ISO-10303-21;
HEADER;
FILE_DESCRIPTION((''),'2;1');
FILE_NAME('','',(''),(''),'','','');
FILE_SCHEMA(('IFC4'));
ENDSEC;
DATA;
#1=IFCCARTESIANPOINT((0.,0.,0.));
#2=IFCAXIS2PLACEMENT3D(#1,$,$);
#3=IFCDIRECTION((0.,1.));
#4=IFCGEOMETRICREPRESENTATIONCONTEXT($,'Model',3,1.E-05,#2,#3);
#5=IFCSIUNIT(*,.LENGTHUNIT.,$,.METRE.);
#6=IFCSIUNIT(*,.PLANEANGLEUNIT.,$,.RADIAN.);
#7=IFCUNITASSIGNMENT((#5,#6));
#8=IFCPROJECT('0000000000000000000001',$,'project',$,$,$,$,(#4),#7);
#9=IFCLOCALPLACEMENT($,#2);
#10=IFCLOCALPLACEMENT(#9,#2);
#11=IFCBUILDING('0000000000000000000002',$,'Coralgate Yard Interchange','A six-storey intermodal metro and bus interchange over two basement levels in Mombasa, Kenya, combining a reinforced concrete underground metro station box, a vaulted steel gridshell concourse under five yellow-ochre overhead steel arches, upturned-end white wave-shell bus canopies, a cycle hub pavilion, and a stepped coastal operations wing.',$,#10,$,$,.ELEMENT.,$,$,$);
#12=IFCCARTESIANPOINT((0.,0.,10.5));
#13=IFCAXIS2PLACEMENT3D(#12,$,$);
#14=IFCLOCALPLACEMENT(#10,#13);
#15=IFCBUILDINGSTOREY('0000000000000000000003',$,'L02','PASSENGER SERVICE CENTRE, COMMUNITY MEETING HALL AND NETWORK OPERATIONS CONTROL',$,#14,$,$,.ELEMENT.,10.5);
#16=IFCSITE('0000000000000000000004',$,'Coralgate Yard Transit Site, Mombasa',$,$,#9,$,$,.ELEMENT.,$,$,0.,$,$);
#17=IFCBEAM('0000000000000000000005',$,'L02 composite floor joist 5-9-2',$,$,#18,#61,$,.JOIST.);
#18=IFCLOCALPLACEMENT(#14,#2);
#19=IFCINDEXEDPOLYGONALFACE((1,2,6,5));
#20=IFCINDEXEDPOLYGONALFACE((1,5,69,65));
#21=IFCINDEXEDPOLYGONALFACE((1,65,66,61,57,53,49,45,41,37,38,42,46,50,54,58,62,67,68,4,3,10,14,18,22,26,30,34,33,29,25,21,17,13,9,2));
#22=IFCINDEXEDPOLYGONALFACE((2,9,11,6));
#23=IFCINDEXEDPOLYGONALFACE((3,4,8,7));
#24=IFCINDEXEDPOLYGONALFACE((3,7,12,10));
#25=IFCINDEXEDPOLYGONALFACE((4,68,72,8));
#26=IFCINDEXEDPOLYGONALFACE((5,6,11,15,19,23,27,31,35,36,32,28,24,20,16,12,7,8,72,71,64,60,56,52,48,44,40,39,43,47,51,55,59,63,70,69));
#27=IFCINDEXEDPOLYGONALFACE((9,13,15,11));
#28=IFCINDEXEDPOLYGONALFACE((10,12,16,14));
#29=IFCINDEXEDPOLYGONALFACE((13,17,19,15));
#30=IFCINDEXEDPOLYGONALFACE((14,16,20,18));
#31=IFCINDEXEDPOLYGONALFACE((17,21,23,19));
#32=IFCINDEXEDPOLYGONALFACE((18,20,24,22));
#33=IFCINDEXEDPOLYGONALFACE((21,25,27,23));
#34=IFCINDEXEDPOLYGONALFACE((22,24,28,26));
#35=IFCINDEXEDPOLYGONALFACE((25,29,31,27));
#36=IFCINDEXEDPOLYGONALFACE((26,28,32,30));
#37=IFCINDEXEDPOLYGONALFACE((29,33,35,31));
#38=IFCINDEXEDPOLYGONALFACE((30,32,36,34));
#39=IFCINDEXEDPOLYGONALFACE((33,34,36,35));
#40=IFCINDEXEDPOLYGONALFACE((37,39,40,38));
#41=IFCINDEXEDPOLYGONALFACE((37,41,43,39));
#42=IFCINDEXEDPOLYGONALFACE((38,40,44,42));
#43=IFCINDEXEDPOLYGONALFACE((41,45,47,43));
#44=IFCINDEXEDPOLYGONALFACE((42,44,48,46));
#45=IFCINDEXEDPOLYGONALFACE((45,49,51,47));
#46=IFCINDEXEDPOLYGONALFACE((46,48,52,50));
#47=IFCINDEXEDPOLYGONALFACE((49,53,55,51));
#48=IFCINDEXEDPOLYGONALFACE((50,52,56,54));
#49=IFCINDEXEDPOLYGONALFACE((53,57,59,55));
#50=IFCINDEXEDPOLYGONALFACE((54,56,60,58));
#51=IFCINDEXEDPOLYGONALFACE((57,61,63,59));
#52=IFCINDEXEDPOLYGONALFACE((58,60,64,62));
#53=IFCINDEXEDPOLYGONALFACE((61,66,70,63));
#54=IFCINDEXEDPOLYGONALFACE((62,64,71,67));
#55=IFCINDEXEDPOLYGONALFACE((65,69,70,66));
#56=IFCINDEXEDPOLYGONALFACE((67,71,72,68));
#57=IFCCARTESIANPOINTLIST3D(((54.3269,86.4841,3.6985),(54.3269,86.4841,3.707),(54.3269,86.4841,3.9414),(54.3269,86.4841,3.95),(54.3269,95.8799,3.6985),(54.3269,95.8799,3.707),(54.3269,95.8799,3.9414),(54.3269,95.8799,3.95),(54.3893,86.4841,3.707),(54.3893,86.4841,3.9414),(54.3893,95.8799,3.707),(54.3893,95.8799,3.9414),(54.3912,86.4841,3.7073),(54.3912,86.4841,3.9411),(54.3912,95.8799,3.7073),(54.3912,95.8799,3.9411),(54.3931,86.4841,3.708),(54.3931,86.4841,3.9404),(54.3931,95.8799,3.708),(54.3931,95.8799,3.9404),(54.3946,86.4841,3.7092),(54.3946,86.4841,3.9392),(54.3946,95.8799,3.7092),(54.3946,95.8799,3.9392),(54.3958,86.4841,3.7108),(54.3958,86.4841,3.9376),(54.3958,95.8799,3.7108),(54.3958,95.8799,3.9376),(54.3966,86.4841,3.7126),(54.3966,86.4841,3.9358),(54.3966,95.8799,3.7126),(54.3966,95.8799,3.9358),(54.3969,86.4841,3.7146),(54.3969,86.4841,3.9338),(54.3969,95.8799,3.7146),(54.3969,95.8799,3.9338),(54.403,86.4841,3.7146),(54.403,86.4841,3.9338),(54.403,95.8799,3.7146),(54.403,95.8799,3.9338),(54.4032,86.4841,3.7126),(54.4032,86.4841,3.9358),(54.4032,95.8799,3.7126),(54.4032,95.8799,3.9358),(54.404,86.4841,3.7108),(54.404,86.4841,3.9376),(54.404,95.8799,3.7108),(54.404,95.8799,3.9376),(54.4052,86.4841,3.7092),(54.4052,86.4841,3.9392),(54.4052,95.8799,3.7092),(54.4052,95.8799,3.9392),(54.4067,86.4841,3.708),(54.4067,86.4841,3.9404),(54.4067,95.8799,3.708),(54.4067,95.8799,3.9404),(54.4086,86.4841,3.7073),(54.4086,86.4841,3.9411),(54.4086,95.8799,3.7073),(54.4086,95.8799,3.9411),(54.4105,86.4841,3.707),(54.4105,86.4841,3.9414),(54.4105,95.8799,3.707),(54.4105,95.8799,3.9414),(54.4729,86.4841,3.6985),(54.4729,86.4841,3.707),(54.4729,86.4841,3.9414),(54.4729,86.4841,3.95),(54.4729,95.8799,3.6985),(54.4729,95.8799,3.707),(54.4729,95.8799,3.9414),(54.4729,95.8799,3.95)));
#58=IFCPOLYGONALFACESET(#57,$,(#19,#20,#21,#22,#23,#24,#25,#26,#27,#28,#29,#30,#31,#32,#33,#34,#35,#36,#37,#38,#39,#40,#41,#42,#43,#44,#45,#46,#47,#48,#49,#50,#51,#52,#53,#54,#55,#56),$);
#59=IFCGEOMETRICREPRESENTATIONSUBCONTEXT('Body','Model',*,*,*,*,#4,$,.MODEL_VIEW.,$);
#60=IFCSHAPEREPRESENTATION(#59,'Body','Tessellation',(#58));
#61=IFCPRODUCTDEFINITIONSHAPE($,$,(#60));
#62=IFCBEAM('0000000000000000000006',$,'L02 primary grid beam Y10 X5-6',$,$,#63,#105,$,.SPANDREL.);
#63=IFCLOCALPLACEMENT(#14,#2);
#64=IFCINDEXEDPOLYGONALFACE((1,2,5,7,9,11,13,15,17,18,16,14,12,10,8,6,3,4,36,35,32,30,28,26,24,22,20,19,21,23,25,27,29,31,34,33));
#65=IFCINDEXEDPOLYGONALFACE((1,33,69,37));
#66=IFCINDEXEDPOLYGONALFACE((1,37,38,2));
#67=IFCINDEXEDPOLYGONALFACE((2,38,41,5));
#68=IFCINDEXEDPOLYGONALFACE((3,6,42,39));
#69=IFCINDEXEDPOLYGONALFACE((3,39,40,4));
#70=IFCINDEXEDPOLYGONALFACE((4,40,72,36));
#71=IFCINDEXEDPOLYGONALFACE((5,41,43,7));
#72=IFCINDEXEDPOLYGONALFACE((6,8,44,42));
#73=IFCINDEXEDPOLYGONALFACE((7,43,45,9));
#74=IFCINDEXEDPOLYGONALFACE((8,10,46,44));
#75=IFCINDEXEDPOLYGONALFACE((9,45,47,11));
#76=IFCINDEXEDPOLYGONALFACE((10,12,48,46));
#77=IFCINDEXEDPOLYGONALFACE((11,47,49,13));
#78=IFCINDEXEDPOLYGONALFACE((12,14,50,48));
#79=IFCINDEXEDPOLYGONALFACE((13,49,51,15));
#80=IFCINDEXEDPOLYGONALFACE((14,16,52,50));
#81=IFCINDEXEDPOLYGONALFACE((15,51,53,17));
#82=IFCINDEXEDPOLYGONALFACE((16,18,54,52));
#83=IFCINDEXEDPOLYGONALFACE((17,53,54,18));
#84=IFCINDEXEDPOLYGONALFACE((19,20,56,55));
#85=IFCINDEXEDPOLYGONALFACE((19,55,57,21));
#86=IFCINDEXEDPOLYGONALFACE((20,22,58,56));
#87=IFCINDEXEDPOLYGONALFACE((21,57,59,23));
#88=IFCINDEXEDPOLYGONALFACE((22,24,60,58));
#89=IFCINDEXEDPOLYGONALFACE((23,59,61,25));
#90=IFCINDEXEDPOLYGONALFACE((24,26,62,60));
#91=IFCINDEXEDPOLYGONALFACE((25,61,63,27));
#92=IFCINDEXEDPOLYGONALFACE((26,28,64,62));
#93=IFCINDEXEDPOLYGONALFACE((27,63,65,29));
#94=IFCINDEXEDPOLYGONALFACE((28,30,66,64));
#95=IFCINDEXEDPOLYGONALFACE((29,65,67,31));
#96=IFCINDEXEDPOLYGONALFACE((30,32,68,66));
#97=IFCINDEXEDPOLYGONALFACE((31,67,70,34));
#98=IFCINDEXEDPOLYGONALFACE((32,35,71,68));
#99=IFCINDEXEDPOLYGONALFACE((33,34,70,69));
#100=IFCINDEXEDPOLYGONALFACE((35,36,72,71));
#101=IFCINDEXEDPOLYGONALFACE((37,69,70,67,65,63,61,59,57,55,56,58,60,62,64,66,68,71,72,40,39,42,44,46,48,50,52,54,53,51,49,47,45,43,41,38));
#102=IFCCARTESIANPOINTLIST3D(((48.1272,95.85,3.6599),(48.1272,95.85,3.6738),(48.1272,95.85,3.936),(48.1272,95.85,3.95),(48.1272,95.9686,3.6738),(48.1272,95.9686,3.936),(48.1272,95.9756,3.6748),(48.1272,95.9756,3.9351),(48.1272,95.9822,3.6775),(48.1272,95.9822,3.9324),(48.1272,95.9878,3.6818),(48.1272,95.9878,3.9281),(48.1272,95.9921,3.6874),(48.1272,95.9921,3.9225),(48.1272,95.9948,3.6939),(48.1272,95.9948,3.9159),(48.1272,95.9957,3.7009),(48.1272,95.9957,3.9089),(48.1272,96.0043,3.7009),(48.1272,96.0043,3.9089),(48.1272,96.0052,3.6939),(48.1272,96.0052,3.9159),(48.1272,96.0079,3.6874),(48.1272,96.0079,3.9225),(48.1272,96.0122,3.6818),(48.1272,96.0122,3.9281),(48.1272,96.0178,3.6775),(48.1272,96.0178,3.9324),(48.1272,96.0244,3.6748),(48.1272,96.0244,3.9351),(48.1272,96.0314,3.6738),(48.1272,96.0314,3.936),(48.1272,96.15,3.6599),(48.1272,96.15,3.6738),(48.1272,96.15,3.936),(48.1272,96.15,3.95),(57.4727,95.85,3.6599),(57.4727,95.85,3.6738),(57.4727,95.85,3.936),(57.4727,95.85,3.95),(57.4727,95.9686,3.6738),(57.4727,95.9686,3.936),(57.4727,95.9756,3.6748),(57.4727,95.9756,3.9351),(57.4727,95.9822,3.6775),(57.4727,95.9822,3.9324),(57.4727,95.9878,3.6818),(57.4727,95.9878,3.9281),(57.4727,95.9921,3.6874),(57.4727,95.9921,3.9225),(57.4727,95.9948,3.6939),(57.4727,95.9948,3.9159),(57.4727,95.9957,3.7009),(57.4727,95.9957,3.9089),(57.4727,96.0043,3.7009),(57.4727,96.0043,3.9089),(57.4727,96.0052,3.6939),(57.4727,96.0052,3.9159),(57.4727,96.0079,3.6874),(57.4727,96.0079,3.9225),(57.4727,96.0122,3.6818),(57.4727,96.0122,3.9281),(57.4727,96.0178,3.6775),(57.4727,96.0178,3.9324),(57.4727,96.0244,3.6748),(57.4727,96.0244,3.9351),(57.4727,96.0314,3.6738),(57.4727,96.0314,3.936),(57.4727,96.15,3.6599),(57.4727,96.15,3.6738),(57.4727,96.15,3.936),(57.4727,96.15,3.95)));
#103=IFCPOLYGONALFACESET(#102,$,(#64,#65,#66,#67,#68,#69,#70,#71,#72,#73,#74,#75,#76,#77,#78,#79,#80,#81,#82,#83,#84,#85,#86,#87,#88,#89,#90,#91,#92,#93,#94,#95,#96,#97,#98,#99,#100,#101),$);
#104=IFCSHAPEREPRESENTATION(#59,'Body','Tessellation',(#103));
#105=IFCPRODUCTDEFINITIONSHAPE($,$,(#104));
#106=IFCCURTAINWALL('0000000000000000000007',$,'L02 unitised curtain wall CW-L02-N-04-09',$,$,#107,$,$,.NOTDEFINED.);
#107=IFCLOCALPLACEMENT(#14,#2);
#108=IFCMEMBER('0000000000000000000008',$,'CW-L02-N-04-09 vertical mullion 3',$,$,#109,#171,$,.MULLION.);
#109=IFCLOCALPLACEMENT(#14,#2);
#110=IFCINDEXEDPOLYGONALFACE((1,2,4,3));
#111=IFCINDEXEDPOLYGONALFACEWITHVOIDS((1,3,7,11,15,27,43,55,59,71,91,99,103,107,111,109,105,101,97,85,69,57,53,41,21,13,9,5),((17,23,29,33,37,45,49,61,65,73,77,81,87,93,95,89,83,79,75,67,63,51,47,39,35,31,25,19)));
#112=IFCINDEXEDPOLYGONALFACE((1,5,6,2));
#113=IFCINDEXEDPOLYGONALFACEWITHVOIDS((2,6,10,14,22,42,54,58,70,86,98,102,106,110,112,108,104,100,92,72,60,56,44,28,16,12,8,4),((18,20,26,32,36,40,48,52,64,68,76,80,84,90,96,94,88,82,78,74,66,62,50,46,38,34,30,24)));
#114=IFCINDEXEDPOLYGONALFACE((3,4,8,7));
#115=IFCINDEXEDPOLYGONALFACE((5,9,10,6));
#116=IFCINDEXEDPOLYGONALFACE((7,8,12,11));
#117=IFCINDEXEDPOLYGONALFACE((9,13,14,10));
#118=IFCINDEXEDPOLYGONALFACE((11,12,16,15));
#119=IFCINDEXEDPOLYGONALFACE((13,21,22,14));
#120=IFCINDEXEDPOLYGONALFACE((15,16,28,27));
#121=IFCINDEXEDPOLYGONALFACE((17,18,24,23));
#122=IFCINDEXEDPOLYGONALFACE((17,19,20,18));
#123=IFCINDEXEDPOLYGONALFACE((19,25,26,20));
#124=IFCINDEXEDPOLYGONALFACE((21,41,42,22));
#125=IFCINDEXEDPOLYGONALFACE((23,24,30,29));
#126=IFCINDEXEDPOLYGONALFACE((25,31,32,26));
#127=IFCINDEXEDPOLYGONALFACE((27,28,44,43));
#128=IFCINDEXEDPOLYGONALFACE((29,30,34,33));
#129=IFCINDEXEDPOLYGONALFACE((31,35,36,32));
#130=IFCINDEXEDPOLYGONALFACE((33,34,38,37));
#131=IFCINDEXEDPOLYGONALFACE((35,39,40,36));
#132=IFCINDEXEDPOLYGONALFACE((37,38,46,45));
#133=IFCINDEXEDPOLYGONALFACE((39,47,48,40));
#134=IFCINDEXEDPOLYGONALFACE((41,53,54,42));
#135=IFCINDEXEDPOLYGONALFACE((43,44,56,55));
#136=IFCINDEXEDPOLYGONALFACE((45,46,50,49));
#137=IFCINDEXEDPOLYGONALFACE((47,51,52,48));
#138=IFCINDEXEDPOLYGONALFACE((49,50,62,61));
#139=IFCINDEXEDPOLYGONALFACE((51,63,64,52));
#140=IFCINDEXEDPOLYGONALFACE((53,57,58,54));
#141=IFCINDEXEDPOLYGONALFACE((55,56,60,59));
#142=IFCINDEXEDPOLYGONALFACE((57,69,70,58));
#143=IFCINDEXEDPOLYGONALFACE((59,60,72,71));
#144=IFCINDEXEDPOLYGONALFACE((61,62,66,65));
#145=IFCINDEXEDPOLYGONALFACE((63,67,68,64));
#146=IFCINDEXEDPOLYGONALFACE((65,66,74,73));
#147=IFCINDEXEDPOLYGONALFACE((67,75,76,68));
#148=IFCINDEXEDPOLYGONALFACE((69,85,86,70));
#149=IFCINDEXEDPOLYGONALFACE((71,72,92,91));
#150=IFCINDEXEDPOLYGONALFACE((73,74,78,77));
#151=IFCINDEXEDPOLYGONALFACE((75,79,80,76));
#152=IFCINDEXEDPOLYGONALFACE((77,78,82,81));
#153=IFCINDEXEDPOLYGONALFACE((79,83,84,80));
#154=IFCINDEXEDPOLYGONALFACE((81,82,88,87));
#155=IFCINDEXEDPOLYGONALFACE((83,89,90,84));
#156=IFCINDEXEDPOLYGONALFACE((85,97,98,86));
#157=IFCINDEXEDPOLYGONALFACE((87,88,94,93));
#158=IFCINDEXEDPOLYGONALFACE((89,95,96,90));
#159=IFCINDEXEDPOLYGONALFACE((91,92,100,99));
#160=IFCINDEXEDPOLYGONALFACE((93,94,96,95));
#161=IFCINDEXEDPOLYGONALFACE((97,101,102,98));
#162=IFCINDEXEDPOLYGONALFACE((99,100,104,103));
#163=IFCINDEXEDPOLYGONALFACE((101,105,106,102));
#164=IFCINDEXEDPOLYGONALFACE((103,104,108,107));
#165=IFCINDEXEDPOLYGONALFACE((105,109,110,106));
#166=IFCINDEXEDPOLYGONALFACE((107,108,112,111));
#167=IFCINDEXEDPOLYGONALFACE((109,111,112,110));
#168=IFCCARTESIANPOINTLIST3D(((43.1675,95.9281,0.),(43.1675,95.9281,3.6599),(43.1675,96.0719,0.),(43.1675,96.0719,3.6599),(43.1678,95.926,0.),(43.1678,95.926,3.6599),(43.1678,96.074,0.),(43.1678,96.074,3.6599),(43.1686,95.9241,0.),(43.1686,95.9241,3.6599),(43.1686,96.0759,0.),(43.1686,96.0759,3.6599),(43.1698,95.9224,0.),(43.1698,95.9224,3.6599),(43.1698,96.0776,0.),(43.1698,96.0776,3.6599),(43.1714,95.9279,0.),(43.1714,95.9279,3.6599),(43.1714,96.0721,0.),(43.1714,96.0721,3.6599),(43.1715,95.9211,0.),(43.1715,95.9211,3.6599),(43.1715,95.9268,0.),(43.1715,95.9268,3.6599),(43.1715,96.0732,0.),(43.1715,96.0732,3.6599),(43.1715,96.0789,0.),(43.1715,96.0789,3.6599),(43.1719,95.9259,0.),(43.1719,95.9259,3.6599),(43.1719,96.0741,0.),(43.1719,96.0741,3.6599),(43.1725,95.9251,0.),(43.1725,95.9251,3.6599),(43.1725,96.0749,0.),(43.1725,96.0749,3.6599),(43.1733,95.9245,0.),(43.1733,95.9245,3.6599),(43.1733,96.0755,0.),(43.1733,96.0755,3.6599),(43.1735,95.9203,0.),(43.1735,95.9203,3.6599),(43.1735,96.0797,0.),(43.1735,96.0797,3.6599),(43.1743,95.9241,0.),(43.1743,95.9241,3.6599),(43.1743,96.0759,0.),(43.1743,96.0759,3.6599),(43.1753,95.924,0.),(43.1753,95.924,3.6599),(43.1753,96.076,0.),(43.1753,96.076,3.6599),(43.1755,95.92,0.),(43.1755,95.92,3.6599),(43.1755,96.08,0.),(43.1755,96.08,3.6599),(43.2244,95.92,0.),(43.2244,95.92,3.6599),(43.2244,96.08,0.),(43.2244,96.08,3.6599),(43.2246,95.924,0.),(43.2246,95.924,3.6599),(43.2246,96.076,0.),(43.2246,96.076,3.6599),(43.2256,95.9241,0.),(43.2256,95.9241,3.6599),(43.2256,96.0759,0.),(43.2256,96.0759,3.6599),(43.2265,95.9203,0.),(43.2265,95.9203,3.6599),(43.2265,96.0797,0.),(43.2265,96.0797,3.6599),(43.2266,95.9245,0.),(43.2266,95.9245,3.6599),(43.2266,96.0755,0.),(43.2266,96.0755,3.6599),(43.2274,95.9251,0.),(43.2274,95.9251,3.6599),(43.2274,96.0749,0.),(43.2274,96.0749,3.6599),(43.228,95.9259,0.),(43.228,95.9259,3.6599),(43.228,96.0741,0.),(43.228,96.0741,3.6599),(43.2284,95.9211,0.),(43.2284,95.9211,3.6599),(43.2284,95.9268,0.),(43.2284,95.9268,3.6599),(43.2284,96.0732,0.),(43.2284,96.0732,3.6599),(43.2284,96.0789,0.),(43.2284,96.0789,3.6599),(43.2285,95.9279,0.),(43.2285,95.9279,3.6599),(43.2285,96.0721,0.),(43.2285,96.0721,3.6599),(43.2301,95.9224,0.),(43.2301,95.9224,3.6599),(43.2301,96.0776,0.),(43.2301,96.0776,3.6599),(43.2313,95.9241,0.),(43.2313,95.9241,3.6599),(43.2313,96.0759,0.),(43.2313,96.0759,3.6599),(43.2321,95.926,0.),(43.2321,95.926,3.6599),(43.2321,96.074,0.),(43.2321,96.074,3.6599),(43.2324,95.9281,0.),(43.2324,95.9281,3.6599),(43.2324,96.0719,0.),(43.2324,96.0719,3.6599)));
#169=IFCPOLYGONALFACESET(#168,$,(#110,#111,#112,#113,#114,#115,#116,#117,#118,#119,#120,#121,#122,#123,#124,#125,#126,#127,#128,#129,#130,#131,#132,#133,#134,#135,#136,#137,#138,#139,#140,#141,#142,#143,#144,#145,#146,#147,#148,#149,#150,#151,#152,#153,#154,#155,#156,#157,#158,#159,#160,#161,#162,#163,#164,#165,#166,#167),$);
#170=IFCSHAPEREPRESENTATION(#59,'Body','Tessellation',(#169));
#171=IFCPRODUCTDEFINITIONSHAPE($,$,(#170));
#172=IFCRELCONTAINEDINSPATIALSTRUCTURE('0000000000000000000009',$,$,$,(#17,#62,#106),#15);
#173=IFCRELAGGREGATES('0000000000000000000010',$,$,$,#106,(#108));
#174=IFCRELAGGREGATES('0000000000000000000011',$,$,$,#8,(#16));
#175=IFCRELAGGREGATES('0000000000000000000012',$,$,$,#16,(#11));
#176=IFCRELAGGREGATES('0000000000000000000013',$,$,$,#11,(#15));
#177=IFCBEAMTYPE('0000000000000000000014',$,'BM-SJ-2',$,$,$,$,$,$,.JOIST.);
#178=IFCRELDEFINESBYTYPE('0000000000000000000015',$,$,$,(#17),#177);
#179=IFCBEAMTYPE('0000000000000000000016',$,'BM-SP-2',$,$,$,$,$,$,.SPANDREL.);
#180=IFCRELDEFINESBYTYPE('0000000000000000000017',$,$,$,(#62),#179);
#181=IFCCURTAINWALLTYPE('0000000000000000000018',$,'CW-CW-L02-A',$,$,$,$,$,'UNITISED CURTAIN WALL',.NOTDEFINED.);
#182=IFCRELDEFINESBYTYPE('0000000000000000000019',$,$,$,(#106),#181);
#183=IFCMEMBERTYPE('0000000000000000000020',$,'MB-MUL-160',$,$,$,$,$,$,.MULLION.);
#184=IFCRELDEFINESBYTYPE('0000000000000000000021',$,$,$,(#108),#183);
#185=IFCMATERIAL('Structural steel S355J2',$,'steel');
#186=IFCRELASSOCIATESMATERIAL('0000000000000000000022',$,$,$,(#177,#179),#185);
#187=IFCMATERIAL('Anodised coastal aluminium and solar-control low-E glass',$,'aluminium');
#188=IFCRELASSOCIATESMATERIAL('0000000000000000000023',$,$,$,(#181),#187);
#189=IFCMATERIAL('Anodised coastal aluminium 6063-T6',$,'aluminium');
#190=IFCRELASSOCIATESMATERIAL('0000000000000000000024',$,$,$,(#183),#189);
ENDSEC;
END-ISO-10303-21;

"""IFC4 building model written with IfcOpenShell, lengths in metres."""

from ifc_helpers import new_model, si_unit, direction, frame, origin, origin_2d, place, context, subcontext, project, spatial, hollow_rectangle, i_section, extrude, material, material_profile, profile_set, type_object, element, aggregate, save


model = new_model("IFC4")

# Units and contexts
model_context = context("Model", 3, precision=1e-05, world=origin(), true_north=direction((0.0, 1.0)))
body_context = subcontext(model_context, "Body", "Model", "MODEL_VIEW")
ifc_project = project(units=[si_unit("LENGTHUNIT", "METRE"), si_unit("PLANEANGLEUNIT", "RADIAN")], contexts=[model_context])

# Site, building, storey
site_placement = place(None, origin())
site = spatial("IfcSite", under=ifc_project, at=site_placement, Name="Coralgate Yard Transit Site, Mombasa", CompositionType="ELEMENT", RefElevation=0.0)
building_placement = place(site_placement, origin())
building = spatial("IfcBuilding", under=site, at=building_placement, Name="Coralgate Yard Interchange", Description="A six-storey intermodal metro and bus interchange over two basement levels in Mombasa, Kenya, combining a reinforced concrete underground metro station box, a vaulted steel gridshell concourse under five yellow-ochre overhead steel arches, upturned-end white wave-shell bus canopies, a cycle hub pavilion, and a stepped coastal operations wing.", CompositionType="ELEMENT")
storey_placement = place(building_placement, frame((0.0, 0.0, 10.5)))
storey = spatial("IfcBuildingStorey", under=building, at=storey_placement, Name="L02", Description="PASSENGER SERVICE CENTRE, COMMUNITY MEETING HALL AND NETWORK OPERATIONS CONTROL", CompositionType="ELEMENT", Elevation=10.5)

# Shared definitions
ifc_material_1 = material(Name="Structural steel S355J2", Category="steel")

# Beams
ifc_material_profile_1 = material_profile(ifc_material_1, i_section(OverallWidth=0.146, OverallDepth=0.2515, WebThickness=0.0061, FlangeThickness=0.0085, FilletRadius=0.0076, at=origin_2d()), Name="UB 254x146x31")
ifc_profile_set_1 = profile_set([ifc_material_profile_1], Name="Structural steel S355J2")
beam_type_1 = type_object("IfcBeamType", Name="BM-SJ-2", PredefinedType="JOIST", material=ifc_profile_set_1)
for number, where, z_axis, x_axis, name in (
    (1, (54.3999, 86.4841, 3.8242), (0.0, 1.0, 0.0), (-1.0, 0.0, 0.0), "L02 composite floor joist 5-9-2"),
):
    element("IfcBeam", number, at=place(storey_placement, frame(where, z_axis=z_axis, x_axis=x_axis)), inside=storey, type_object=beam_type_1, Name=name, PredefinedType="JOIST", context=body_context, shape_type="SweptSolid", body=[
        extrude(i_section(OverallWidth=0.146, OverallDepth=0.2515, WebThickness=0.0061, FlangeThickness=0.0085, FilletRadius=0.0076, at=origin_2d()), origin(), (0.0, 0.0, 1.0), 9.3958),
    ])
ifc_material_profile_2 = material_profile(ifc_material_1, i_section(OverallWidth=0.3, OverallDepth=0.29, WebThickness=0.0085, FlangeThickness=0.0139, FilletRadius=0.0271, at=origin_2d()), Name="HEA 300")
ifc_profile_set_2 = profile_set([ifc_material_profile_2], Name="Structural steel S355J2")
beam_type_2 = type_object("IfcBeamType", Name="BM-SP-2", PredefinedType="SPANDREL", material=ifc_profile_set_2)
beam_1_placement = place(storey_placement, frame((48.1272, 96.0, 3.8049), z_axis=(1.0, 0.0, 0.0), x_axis=(0.0, 1.0, 0.0)))
element("IfcBeam", 2, at=beam_1_placement, inside=storey, type_object=beam_type_2, Name="L02 primary grid beam Y10 X5-6", PredefinedType="SPANDREL", context=body_context, shape_type="SweptSolid", body=[
    extrude(i_section(OverallWidth=0.3, OverallDepth=0.29, WebThickness=0.0085, FlangeThickness=0.0139, FilletRadius=0.0271, at=origin_2d()), origin(), (0.0, 0.0, 1.0), 9.3455),
])

# Curtain wall, member
ifc_material_2 = material(Name="Anodised coastal aluminium and solar-control low-E glass", Category="aluminium")
curtain_wall_type = type_object("IfcCurtainWallType", Name="CW-CW-L02-A", ElementType="UNITISED CURTAIN WALL", PredefinedType="NOTDEFINED", material=ifc_material_2)
curtain_wall_placement = place(storey_placement, origin())
curtain_wall = element("IfcCurtainWall", 3, at=curtain_wall_placement, inside=storey, type_object=curtain_wall_type, Name="L02 unitised curtain wall CW-L02-N-04-09", PredefinedType="NOTDEFINED")
ifc_material_3 = material(Name="Anodised coastal aluminium 6063-T6", Category="aluminium")
ifc_material_profile_3 = material_profile(ifc_material_3, hollow_rectangle(XDim=0.0649, YDim=0.1599, WallThickness=0.0039, InnerFilletRadius=0.0039, OuterFilletRadius=0.0081, at=origin_2d()), Name="ALU 65x160x4")
ifc_profile_set_3 = profile_set([ifc_material_profile_3], Name="Anodised coastal aluminium 6063-T6")
member_type_1 = type_object("IfcMemberType", Name="MB-MUL-160", PredefinedType="MULLION", material=ifc_profile_set_3)
member_1_placement = place(storey_placement, frame((43.2, 96.0, 0.0), z_axis=(0.0, 0.0, 1.0), x_axis=(1.0, 0.0, 0.0)))
member_1 = element("IfcMember", 4, at=member_1_placement, type_object=member_type_1, Name="CW-L02-N-04-09 vertical mullion 3", PredefinedType="MULLION", context=body_context, shape_type="SweptSolid", body=[
    extrude(hollow_rectangle(XDim=0.0649, YDim=0.1599, WallThickness=0.0039, InnerFilletRadius=0.0039, OuterFilletRadius=0.0081, at=origin_2d()), origin(), (0.0, 0.0, 1.0), 3.6599),
])
aggregate(curtain_wall, [member_1])

save(model, "model.ifc")
